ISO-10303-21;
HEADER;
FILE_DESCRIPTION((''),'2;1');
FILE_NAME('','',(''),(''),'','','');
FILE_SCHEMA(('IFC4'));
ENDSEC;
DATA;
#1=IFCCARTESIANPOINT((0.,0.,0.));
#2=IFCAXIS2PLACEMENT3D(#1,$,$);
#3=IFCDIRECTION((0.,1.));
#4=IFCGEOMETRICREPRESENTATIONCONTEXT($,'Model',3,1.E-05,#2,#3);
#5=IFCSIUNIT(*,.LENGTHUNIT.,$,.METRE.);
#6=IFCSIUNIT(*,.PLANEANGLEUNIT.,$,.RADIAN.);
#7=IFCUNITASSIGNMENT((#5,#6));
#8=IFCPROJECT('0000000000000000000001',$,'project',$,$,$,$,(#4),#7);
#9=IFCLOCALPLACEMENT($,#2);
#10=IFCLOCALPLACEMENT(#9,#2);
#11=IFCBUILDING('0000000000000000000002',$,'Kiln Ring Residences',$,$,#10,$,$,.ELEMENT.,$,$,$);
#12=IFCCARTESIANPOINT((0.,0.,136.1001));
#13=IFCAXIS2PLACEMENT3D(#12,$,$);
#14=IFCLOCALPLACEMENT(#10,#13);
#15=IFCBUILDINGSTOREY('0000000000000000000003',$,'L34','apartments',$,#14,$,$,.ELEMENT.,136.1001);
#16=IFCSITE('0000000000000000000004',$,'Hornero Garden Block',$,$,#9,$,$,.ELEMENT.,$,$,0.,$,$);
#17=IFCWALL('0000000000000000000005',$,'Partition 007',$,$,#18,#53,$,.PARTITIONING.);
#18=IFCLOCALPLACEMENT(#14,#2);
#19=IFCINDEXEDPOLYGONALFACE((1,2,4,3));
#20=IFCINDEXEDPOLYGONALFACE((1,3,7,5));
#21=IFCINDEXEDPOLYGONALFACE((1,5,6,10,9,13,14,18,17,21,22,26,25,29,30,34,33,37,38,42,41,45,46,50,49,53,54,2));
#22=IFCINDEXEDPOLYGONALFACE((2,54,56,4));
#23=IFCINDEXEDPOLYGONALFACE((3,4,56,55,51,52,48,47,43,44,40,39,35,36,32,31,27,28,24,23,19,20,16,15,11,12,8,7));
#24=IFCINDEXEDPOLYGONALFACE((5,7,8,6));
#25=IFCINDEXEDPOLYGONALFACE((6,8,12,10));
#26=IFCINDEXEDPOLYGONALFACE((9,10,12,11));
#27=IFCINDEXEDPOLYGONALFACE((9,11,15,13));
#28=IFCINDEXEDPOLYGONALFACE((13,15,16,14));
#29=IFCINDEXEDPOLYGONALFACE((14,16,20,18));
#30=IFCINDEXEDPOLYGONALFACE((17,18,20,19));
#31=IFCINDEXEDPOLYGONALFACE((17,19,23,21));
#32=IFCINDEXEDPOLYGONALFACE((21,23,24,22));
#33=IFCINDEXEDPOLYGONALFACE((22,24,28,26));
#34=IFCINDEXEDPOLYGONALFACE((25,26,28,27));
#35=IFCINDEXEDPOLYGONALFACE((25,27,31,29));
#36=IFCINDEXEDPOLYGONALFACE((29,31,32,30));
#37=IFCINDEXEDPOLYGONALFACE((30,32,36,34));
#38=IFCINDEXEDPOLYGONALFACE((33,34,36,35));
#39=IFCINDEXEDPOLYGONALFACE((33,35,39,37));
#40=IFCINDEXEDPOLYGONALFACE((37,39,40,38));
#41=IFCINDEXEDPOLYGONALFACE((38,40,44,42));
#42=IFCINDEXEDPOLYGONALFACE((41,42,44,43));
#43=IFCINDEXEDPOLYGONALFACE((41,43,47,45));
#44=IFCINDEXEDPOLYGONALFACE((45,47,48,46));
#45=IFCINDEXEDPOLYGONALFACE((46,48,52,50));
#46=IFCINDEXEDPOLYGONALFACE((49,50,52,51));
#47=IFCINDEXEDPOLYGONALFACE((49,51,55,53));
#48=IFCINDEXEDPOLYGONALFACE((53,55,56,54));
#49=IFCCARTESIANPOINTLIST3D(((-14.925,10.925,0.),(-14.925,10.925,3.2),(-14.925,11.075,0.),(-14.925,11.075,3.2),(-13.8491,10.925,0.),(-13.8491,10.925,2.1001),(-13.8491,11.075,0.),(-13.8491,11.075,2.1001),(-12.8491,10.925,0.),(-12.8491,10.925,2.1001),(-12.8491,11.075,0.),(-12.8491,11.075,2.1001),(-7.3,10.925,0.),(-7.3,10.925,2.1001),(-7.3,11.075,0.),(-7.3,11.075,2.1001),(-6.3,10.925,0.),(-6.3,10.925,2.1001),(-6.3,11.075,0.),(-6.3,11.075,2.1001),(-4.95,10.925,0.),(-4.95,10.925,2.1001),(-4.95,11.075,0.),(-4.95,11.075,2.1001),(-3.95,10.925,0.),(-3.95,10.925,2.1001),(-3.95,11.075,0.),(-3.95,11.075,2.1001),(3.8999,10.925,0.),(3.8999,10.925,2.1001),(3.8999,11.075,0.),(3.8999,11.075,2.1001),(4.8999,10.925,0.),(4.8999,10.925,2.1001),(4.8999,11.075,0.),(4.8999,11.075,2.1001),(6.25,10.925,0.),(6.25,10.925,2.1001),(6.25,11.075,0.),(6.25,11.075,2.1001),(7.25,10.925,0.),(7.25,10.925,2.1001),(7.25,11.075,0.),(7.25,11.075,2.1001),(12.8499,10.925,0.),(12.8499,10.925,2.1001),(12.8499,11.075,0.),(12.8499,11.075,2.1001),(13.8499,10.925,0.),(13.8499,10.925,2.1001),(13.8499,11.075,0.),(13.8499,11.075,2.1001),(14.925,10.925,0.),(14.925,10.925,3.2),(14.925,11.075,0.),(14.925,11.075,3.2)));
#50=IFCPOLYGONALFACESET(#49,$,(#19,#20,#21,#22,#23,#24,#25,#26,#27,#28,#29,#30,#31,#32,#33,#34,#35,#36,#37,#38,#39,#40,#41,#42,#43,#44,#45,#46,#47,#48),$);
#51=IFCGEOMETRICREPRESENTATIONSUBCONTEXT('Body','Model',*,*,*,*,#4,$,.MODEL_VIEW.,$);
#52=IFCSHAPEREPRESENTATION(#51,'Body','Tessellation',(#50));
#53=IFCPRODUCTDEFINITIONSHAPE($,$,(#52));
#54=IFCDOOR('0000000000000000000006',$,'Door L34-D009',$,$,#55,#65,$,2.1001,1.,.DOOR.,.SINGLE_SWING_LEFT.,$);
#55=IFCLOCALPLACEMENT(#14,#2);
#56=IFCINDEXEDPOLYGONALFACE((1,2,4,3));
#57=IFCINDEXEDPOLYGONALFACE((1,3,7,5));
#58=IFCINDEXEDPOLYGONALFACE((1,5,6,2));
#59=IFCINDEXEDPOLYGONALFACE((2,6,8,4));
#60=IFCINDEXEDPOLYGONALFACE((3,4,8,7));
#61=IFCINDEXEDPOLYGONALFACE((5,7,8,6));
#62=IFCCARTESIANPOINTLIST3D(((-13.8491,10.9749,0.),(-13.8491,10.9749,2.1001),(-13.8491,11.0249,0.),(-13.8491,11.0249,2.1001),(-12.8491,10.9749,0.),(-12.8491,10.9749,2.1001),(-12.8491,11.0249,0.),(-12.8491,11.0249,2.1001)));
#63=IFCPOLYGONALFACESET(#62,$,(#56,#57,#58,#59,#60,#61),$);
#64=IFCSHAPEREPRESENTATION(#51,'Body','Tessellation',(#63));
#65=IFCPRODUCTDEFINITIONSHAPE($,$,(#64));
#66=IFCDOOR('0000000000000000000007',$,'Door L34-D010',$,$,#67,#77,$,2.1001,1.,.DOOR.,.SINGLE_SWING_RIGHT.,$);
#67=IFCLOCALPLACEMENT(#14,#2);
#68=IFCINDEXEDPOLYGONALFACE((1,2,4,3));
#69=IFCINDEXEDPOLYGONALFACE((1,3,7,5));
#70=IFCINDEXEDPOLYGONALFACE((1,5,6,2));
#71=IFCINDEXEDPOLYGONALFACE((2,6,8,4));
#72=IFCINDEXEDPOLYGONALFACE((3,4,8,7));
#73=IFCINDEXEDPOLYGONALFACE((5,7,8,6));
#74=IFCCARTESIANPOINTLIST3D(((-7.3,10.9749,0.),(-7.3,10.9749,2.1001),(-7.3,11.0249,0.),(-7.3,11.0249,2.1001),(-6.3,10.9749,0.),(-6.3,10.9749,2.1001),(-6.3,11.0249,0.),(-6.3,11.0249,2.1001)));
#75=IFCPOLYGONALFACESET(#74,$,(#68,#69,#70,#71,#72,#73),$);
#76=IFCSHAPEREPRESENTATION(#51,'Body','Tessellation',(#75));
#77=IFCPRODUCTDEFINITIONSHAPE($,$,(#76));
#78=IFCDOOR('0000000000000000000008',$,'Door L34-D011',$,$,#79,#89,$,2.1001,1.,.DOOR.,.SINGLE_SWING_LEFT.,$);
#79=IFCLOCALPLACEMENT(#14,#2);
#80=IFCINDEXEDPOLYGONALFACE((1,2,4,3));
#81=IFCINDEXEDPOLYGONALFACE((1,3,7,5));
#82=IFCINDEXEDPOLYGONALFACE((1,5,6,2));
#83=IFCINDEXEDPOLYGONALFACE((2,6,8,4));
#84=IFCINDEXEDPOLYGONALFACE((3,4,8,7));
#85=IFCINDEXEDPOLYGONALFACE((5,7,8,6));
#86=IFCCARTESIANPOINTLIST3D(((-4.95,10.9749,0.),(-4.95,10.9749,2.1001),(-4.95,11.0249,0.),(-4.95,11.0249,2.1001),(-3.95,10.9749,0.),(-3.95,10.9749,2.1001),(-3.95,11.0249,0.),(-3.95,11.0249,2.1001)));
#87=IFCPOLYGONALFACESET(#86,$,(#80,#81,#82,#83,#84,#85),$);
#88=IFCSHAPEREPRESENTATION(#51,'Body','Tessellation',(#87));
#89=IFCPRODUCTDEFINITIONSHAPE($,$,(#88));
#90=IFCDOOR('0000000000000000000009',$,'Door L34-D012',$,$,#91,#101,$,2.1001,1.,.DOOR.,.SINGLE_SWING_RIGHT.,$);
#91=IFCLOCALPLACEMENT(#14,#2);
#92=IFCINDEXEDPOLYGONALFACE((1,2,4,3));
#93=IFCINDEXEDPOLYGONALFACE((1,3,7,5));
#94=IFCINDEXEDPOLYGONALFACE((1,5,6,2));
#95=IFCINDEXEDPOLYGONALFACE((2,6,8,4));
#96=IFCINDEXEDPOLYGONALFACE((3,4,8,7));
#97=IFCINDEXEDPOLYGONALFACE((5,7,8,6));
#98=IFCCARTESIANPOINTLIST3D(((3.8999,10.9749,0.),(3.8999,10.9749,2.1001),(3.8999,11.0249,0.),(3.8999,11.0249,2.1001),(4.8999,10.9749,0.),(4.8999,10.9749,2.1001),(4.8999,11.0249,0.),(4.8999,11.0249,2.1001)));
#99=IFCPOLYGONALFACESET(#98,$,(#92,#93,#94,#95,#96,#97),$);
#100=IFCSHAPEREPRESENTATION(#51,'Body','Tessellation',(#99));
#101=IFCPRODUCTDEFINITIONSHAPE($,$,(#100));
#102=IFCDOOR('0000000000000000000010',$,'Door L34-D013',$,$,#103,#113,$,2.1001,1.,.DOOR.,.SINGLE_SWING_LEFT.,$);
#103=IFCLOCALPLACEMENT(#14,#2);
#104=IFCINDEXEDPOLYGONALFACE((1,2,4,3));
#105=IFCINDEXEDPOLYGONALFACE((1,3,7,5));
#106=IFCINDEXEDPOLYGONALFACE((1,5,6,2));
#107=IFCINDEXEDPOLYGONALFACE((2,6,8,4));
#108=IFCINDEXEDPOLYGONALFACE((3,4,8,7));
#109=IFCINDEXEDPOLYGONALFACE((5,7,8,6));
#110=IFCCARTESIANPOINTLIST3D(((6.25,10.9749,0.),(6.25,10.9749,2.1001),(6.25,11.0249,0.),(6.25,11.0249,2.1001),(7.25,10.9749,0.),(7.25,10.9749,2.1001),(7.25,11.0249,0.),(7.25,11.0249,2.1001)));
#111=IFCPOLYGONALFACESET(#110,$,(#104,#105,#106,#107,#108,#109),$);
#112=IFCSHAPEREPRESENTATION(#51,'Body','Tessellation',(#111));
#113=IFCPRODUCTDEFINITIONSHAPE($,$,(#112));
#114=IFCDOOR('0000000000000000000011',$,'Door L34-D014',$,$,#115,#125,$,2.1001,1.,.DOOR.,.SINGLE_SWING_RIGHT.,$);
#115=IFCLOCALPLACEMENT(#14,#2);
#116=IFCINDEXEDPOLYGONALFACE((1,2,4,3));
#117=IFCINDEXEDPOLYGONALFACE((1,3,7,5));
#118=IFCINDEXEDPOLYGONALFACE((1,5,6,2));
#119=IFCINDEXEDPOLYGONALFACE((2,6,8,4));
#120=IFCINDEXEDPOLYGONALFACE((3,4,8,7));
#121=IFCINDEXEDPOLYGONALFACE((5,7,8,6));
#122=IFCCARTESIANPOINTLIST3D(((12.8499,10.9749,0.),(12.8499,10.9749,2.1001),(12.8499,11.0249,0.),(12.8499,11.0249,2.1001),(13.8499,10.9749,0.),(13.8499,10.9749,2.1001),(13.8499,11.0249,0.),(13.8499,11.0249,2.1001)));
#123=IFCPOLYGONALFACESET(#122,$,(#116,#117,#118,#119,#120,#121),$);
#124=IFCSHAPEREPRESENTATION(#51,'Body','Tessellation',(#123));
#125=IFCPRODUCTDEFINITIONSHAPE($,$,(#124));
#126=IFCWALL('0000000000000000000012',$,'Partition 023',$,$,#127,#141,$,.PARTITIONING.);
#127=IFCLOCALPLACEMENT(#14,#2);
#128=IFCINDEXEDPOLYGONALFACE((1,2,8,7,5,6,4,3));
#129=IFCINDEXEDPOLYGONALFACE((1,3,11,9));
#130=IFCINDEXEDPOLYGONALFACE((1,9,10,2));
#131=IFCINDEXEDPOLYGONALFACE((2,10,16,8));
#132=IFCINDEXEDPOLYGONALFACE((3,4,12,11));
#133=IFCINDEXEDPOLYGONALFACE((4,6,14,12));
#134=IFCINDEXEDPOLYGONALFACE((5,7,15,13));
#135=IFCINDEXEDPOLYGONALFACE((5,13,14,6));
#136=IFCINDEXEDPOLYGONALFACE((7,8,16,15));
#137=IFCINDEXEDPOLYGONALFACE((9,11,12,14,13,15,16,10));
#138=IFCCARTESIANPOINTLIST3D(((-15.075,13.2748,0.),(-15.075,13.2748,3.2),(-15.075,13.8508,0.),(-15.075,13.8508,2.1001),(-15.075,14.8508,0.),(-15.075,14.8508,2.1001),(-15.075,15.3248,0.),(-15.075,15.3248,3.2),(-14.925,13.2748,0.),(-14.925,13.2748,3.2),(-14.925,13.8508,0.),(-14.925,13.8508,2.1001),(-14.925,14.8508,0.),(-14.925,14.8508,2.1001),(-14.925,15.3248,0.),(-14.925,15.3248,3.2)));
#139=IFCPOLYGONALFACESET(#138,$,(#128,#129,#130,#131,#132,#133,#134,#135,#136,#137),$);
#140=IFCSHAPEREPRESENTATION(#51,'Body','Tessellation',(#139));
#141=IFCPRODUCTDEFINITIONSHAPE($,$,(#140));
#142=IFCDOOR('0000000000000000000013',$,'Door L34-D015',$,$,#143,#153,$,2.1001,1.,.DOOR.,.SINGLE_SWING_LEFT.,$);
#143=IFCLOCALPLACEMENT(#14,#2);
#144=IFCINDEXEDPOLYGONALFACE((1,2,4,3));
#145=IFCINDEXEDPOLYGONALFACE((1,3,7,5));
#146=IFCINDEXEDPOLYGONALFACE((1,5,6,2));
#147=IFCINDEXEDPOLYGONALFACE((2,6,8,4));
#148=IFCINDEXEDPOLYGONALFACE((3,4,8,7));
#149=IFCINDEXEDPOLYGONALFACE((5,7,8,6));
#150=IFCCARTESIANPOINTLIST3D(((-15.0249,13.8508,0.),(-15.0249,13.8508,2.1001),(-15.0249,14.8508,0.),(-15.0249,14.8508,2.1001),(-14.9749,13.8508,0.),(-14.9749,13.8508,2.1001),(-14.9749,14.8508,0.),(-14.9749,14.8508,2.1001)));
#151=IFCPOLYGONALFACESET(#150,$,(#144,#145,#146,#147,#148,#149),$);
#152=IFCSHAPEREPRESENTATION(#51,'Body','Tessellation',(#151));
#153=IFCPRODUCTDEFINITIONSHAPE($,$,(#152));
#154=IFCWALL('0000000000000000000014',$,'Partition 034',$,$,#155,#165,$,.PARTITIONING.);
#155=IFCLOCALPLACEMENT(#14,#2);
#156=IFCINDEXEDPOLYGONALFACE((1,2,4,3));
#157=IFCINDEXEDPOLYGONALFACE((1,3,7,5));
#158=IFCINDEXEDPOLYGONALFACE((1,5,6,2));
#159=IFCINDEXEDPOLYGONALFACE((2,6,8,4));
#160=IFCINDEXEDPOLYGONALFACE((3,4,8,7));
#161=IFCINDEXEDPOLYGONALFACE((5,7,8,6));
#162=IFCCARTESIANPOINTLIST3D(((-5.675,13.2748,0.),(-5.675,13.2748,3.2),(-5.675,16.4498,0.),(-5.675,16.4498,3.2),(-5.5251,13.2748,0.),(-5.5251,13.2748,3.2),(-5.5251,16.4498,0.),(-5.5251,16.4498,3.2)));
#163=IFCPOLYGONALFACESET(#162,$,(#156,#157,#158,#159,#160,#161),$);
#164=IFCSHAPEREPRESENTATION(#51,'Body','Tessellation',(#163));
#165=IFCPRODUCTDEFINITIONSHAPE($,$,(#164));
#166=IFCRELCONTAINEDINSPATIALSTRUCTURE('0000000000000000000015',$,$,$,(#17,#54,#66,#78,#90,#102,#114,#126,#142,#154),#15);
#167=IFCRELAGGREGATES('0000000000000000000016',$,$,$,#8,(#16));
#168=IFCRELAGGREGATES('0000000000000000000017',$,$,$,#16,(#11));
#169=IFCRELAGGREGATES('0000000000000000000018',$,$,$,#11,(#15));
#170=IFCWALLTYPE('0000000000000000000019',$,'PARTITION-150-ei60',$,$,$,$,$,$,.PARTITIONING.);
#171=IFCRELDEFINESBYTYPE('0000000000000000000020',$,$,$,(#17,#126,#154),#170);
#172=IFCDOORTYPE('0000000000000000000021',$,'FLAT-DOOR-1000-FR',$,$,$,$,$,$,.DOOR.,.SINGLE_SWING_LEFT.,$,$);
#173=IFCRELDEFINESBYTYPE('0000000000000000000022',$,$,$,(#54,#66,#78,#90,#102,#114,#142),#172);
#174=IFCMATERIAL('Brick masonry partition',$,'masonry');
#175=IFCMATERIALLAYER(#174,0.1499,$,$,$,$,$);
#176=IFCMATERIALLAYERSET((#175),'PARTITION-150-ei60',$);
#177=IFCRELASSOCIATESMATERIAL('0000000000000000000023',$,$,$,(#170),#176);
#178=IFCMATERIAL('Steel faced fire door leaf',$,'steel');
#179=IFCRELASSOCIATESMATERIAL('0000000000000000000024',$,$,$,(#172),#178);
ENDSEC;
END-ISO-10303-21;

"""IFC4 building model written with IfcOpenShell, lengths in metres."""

from ifc_helpers import new_model, si_unit, direction, frame, frame_2d, origin, place, context, subcontext, project, spatial, rectangle, extrude, material, layer, layer_set, type_object, element, fill, save


model = new_model("IFC4")

# Units and contexts
model_context = context("Model", 3, precision=1e-05, world=origin(), true_north=direction((0.0, 1.0)))
body_context = subcontext(model_context, "Body", "Model", "MODEL_VIEW")
ifc_project = project(units=[si_unit("LENGTHUNIT", "METRE"), si_unit("PLANEANGLEUNIT", "RADIAN")], contexts=[model_context])

# Site, building, storey
site_placement = place(None, origin())
site = spatial("IfcSite", under=ifc_project, at=site_placement, Name="Hornero Garden Block", CompositionType="ELEMENT", RefElevation=0.0)
building_placement = place(site_placement, origin())
building = spatial("IfcBuilding", under=site, at=building_placement, Name="Kiln Ring Residences", CompositionType="ELEMENT")
storey_placement = place(building_placement, frame((0.0, 0.0, 136.1001)))
storey = spatial("IfcBuildingStorey", under=building, at=storey_placement, Name="L34", Description="apartments", CompositionType="ELEMENT", Elevation=136.1001)

# Wall, openings, doors
ifc_material_1 = material(Name="Brick masonry partition", Category="masonry")
ifc_layer_1 = layer(ifc_material_1, 0.1499)
ifc_layer_set_1 = layer_set([ifc_layer_1], Name="PARTITION-150-ei60")
wall_type_1 = type_object("IfcWallType", Name="PARTITION-150-ei60", PredefinedType="PARTITIONING", material=ifc_layer_set_1)
wall_1_placement = place(storey_placement, frame((-14.925, 11.0, 0.0), z_axis=(0.0, 0.0, 1.0), x_axis=(1.0, 0.0, 0.0)))
wall_1 = element("IfcWall", 1, at=wall_1_placement, inside=storey, type_object=wall_type_1, Name="Partition 007", PredefinedType="PARTITIONING", context=body_context, shape_type="SweptSolid", body=[
    extrude(rectangle(XDim=29.8501, YDim=0.1499, at=frame_2d((14.925, 0.0))), origin(), (0.0, 0.0, 1.0), 3.2),
])
opening_1_placement = place(wall_1_placement, frame((1.0759, 0.0, 0.0)))
opening_1 = element("IfcOpeningElement", 2, at=opening_1_placement, cuts=wall_1, PredefinedType="OPENING", context=body_context, shape_type="SweptSolid", body=[
    extrude(rectangle(XDim=1.0, YDim=2.1001, at=frame_2d((0.5, 1.05))), frame((0.0, 0.085, 0.0), z_axis=(0.0, -1.0, 0.0), x_axis=(1.0, 0.0, 0.0)), (0.0, 0.0, 1.0), 0.1699),
])
opening_2_placement = place(wall_1_placement, frame((7.625, 0.0, 0.0)))
opening_2 = element("IfcOpeningElement", 3, at=opening_2_placement, cuts=wall_1, PredefinedType="OPENING", context=body_context, shape_type="SweptSolid", body=[
    extrude(rectangle(XDim=1.0, YDim=2.1001, at=frame_2d((0.5, 1.05))), frame((0.0, 0.085, 0.0), z_axis=(0.0, -1.0, 0.0), x_axis=(1.0, 0.0, 0.0)), (0.0, 0.0, 1.0), 0.1699),
])
opening_3_placement = place(wall_1_placement, frame((9.9751, 0.0, 0.0)))
opening_3 = element("IfcOpeningElement", 4, at=opening_3_placement, cuts=wall_1, PredefinedType="OPENING", context=body_context, shape_type="SweptSolid", body=[
    extrude(rectangle(XDim=1.0, YDim=2.1001, at=frame_2d((0.5, 1.05))), frame((0.0, 0.085, 0.0), z_axis=(0.0, -1.0, 0.0), x_axis=(1.0, 0.0, 0.0)), (0.0, 0.0, 1.0), 0.1699),
])
opening_4_placement = place(wall_1_placement, frame((18.825, 0.0, 0.0)))
opening_4 = element("IfcOpeningElement", 5, at=opening_4_placement, cuts=wall_1, PredefinedType="OPENING", context=body_context, shape_type="SweptSolid", body=[
    extrude(rectangle(XDim=1.0, YDim=2.1001, at=frame_2d((0.5, 1.05))), frame((0.0, 0.085, 0.0), z_axis=(0.0, -1.0, 0.0), x_axis=(1.0, 0.0, 0.0)), (0.0, 0.0, 1.0), 0.1699),
])
opening_5_placement = place(wall_1_placement, frame((21.175, 0.0, 0.0)))
opening_5 = element("IfcOpeningElement", 6, at=opening_5_placement, cuts=wall_1, PredefinedType="OPENING", context=body_context, shape_type="SweptSolid", body=[
    extrude(rectangle(XDim=1.0, YDim=2.1001, at=frame_2d((0.5, 1.05))), frame((0.0, 0.085, 0.0), z_axis=(0.0, -1.0, 0.0), x_axis=(1.0, 0.0, 0.0)), (0.0, 0.0, 1.0), 0.1699),
])
opening_6_placement = place(wall_1_placement, frame((27.7749, 0.0, 0.0)))
opening_6 = element("IfcOpeningElement", 7, at=opening_6_placement, cuts=wall_1, PredefinedType="OPENING", context=body_context, shape_type="SweptSolid", body=[
    extrude(rectangle(XDim=1.0, YDim=2.1001, at=frame_2d((0.5, 1.05))), frame((0.0, 0.085, 0.0), z_axis=(0.0, -1.0, 0.0), x_axis=(1.0, 0.0, 0.0)), (0.0, 0.0, 1.0), 0.1699),
])
ifc_material_2 = material(Name="Steel faced fire door leaf", Category="steel")
door_type = type_object("IfcDoorType", Name="FLAT-DOOR-1000-FR", OperationType="SINGLE_SWING_LEFT", PredefinedType="DOOR", material=ifc_material_2)
door_1_placement = place(opening_1_placement, origin())
door_1 = element("IfcDoor", 8, at=door_1_placement, inside=storey, type_object=door_type, Name="Door L34-D009", OperationType="SINGLE_SWING_LEFT", OverallHeight=2.1001, OverallWidth=1.0, PredefinedType="DOOR", context=body_context, shape_type="SweptSolid", body=[
    extrude(rectangle(XDim=1.0, YDim=2.1001, at=frame_2d((0.5, 1.05))), frame((0.0, 0.0249, 0.0), z_axis=(0.0, -1.0, 0.0), x_axis=(1.0, 0.0, 0.0)), (0.0, 0.0, 1.0), 0.05),
])
fill(opening_1, door_1)
door_2_placement = place(opening_2_placement, origin())
door_2 = element("IfcDoor", 9, at=door_2_placement, inside=storey, type_object=door_type, Name="Door L34-D010", OperationType="SINGLE_SWING_RIGHT", OverallHeight=2.1001, OverallWidth=1.0, PredefinedType="DOOR", context=body_context, shape_type="SweptSolid", body=[
    extrude(rectangle(XDim=1.0, YDim=2.1001, at=frame_2d((0.5, 1.05))), frame((0.0, 0.0249, 0.0), z_axis=(0.0, -1.0, 0.0), x_axis=(1.0, 0.0, 0.0)), (0.0, 0.0, 1.0), 0.05),
])
fill(opening_2, door_2)
door_3_placement = place(opening_3_placement, origin())
door_3 = element("IfcDoor", 10, at=door_3_placement, inside=storey, type_object=door_type, Name="Door L34-D011", OperationType="SINGLE_SWING_LEFT", OverallHeight=2.1001, OverallWidth=1.0, PredefinedType="DOOR", context=body_context, shape_type="SweptSolid", body=[
    extrude(rectangle(XDim=1.0, YDim=2.1001, at=frame_2d((0.5, 1.05))), frame((0.0, 0.0249, 0.0), z_axis=(0.0, -1.0, 0.0), x_axis=(1.0, 0.0, 0.0)), (0.0, 0.0, 1.0), 0.05),
])
fill(opening_3, door_3)
door_4_placement = place(opening_4_placement, origin())
door_4 = element("IfcDoor", 11, at=door_4_placement, inside=storey, type_object=door_type, Name="Door L34-D012", OperationType="SINGLE_SWING_RIGHT", OverallHeight=2.1001, OverallWidth=1.0, PredefinedType="DOOR", context=body_context, shape_type="SweptSolid", body=[
    extrude(rectangle(XDim=1.0, YDim=2.1001, at=frame_2d((0.5, 1.05))), frame((0.0, 0.0249, 0.0), z_axis=(0.0, -1.0, 0.0), x_axis=(1.0, 0.0, 0.0)), (0.0, 0.0, 1.0), 0.05),
])
fill(opening_4, door_4)
door_5_placement = place(opening_5_placement, origin())
door_5 = element("IfcDoor", 12, at=door_5_placement, inside=storey, type_object=door_type, Name="Door L34-D013", OperationType="SINGLE_SWING_LEFT", OverallHeight=2.1001, OverallWidth=1.0, PredefinedType="DOOR", context=body_context, shape_type="SweptSolid", body=[
    extrude(rectangle(XDim=1.0, YDim=2.1001, at=frame_2d((0.5, 1.05))), frame((0.0, 0.0249, 0.0), z_axis=(0.0, -1.0, 0.0), x_axis=(1.0, 0.0, 0.0)), (0.0, 0.0, 1.0), 0.05),
])
fill(opening_5, door_5)
door_6_placement = place(opening_6_placement, origin())
door_6 = element("IfcDoor", 13, at=door_6_placement, inside=storey, type_object=door_type, Name="Door L34-D014", OperationType="SINGLE_SWING_RIGHT", OverallHeight=2.1001, OverallWidth=1.0, PredefinedType="DOOR", context=body_context, shape_type="SweptSolid", body=[
    extrude(rectangle(XDim=1.0, YDim=2.1001, at=frame_2d((0.5, 1.05))), frame((0.0, 0.0249, 0.0), z_axis=(0.0, -1.0, 0.0), x_axis=(1.0, 0.0, 0.0)), (0.0, 0.0, 1.0), 0.05),
])
fill(opening_6, door_6)

# Wall, opening, door
wall_2_placement = place(storey_placement, frame((-15.0, 13.2749, 0.0), z_axis=(0.0, 0.0, 1.0), x_axis=(0.0, 1.0, 0.0)))
wall_2 = element("IfcWall", 14, at=wall_2_placement, inside=storey, type_object=wall_type_1, Name="Partition 023", PredefinedType="PARTITIONING", context=body_context, shape_type="SweptSolid", body=[
    extrude(rectangle(XDim=2.05, YDim=0.1499, at=frame_2d((1.0249, 0.0))), origin(), (0.0, 0.0, 1.0), 3.2),
])
opening_7_placement = place(wall_2_placement, frame((0.5759, 0.0, 0.0)))
opening_7 = element("IfcOpeningElement", 15, at=opening_7_placement, cuts=wall_2, PredefinedType="OPENING", context=body_context, shape_type="SweptSolid", body=[
    extrude(rectangle(XDim=1.0, YDim=2.1001, at=frame_2d((0.5, 1.05))), frame((0.0, 0.085, 0.0), z_axis=(0.0, -1.0, 0.0), x_axis=(1.0, 0.0, 0.0)), (0.0, 0.0, 1.0), 0.1699),
])
door_7_placement = place(opening_7_placement, origin())
door_7 = element("IfcDoor", 16, at=door_7_placement, inside=storey, type_object=door_type, Name="Door L34-D015", OperationType="SINGLE_SWING_LEFT", OverallHeight=2.1001, OverallWidth=1.0, PredefinedType="DOOR", context=body_context, shape_type="SweptSolid", body=[
    extrude(rectangle(XDim=1.0, YDim=2.1001, at=frame_2d((0.5, 1.05))), frame((0.0, 0.0249, 0.0), z_axis=(0.0, -1.0, 0.0), x_axis=(1.0, 0.0, 0.0)), (0.0, 0.0, 1.0), 0.05),
])
fill(opening_7, door_7)

# Wall
for number, where, z_axis, x_axis, name in (
    (17, (-5.6001, 13.2749, 0.0), (0.0, 0.0, 1.0), (0.0, 1.0, 0.0), "Partition 034"),
):
    element("IfcWall", number, at=place(storey_placement, frame(where, z_axis=z_axis, x_axis=x_axis)), inside=storey, type_object=wall_type_1, Name=name, PredefinedType="PARTITIONING", context=body_context, shape_type="SweptSolid", body=[
        extrude(rectangle(XDim=3.175, YDim=0.1499, at=frame_2d((1.5874, 0.0))), origin(), (0.0, 0.0, 1.0), 3.2),
    ])

save(model, "model.ifc")
